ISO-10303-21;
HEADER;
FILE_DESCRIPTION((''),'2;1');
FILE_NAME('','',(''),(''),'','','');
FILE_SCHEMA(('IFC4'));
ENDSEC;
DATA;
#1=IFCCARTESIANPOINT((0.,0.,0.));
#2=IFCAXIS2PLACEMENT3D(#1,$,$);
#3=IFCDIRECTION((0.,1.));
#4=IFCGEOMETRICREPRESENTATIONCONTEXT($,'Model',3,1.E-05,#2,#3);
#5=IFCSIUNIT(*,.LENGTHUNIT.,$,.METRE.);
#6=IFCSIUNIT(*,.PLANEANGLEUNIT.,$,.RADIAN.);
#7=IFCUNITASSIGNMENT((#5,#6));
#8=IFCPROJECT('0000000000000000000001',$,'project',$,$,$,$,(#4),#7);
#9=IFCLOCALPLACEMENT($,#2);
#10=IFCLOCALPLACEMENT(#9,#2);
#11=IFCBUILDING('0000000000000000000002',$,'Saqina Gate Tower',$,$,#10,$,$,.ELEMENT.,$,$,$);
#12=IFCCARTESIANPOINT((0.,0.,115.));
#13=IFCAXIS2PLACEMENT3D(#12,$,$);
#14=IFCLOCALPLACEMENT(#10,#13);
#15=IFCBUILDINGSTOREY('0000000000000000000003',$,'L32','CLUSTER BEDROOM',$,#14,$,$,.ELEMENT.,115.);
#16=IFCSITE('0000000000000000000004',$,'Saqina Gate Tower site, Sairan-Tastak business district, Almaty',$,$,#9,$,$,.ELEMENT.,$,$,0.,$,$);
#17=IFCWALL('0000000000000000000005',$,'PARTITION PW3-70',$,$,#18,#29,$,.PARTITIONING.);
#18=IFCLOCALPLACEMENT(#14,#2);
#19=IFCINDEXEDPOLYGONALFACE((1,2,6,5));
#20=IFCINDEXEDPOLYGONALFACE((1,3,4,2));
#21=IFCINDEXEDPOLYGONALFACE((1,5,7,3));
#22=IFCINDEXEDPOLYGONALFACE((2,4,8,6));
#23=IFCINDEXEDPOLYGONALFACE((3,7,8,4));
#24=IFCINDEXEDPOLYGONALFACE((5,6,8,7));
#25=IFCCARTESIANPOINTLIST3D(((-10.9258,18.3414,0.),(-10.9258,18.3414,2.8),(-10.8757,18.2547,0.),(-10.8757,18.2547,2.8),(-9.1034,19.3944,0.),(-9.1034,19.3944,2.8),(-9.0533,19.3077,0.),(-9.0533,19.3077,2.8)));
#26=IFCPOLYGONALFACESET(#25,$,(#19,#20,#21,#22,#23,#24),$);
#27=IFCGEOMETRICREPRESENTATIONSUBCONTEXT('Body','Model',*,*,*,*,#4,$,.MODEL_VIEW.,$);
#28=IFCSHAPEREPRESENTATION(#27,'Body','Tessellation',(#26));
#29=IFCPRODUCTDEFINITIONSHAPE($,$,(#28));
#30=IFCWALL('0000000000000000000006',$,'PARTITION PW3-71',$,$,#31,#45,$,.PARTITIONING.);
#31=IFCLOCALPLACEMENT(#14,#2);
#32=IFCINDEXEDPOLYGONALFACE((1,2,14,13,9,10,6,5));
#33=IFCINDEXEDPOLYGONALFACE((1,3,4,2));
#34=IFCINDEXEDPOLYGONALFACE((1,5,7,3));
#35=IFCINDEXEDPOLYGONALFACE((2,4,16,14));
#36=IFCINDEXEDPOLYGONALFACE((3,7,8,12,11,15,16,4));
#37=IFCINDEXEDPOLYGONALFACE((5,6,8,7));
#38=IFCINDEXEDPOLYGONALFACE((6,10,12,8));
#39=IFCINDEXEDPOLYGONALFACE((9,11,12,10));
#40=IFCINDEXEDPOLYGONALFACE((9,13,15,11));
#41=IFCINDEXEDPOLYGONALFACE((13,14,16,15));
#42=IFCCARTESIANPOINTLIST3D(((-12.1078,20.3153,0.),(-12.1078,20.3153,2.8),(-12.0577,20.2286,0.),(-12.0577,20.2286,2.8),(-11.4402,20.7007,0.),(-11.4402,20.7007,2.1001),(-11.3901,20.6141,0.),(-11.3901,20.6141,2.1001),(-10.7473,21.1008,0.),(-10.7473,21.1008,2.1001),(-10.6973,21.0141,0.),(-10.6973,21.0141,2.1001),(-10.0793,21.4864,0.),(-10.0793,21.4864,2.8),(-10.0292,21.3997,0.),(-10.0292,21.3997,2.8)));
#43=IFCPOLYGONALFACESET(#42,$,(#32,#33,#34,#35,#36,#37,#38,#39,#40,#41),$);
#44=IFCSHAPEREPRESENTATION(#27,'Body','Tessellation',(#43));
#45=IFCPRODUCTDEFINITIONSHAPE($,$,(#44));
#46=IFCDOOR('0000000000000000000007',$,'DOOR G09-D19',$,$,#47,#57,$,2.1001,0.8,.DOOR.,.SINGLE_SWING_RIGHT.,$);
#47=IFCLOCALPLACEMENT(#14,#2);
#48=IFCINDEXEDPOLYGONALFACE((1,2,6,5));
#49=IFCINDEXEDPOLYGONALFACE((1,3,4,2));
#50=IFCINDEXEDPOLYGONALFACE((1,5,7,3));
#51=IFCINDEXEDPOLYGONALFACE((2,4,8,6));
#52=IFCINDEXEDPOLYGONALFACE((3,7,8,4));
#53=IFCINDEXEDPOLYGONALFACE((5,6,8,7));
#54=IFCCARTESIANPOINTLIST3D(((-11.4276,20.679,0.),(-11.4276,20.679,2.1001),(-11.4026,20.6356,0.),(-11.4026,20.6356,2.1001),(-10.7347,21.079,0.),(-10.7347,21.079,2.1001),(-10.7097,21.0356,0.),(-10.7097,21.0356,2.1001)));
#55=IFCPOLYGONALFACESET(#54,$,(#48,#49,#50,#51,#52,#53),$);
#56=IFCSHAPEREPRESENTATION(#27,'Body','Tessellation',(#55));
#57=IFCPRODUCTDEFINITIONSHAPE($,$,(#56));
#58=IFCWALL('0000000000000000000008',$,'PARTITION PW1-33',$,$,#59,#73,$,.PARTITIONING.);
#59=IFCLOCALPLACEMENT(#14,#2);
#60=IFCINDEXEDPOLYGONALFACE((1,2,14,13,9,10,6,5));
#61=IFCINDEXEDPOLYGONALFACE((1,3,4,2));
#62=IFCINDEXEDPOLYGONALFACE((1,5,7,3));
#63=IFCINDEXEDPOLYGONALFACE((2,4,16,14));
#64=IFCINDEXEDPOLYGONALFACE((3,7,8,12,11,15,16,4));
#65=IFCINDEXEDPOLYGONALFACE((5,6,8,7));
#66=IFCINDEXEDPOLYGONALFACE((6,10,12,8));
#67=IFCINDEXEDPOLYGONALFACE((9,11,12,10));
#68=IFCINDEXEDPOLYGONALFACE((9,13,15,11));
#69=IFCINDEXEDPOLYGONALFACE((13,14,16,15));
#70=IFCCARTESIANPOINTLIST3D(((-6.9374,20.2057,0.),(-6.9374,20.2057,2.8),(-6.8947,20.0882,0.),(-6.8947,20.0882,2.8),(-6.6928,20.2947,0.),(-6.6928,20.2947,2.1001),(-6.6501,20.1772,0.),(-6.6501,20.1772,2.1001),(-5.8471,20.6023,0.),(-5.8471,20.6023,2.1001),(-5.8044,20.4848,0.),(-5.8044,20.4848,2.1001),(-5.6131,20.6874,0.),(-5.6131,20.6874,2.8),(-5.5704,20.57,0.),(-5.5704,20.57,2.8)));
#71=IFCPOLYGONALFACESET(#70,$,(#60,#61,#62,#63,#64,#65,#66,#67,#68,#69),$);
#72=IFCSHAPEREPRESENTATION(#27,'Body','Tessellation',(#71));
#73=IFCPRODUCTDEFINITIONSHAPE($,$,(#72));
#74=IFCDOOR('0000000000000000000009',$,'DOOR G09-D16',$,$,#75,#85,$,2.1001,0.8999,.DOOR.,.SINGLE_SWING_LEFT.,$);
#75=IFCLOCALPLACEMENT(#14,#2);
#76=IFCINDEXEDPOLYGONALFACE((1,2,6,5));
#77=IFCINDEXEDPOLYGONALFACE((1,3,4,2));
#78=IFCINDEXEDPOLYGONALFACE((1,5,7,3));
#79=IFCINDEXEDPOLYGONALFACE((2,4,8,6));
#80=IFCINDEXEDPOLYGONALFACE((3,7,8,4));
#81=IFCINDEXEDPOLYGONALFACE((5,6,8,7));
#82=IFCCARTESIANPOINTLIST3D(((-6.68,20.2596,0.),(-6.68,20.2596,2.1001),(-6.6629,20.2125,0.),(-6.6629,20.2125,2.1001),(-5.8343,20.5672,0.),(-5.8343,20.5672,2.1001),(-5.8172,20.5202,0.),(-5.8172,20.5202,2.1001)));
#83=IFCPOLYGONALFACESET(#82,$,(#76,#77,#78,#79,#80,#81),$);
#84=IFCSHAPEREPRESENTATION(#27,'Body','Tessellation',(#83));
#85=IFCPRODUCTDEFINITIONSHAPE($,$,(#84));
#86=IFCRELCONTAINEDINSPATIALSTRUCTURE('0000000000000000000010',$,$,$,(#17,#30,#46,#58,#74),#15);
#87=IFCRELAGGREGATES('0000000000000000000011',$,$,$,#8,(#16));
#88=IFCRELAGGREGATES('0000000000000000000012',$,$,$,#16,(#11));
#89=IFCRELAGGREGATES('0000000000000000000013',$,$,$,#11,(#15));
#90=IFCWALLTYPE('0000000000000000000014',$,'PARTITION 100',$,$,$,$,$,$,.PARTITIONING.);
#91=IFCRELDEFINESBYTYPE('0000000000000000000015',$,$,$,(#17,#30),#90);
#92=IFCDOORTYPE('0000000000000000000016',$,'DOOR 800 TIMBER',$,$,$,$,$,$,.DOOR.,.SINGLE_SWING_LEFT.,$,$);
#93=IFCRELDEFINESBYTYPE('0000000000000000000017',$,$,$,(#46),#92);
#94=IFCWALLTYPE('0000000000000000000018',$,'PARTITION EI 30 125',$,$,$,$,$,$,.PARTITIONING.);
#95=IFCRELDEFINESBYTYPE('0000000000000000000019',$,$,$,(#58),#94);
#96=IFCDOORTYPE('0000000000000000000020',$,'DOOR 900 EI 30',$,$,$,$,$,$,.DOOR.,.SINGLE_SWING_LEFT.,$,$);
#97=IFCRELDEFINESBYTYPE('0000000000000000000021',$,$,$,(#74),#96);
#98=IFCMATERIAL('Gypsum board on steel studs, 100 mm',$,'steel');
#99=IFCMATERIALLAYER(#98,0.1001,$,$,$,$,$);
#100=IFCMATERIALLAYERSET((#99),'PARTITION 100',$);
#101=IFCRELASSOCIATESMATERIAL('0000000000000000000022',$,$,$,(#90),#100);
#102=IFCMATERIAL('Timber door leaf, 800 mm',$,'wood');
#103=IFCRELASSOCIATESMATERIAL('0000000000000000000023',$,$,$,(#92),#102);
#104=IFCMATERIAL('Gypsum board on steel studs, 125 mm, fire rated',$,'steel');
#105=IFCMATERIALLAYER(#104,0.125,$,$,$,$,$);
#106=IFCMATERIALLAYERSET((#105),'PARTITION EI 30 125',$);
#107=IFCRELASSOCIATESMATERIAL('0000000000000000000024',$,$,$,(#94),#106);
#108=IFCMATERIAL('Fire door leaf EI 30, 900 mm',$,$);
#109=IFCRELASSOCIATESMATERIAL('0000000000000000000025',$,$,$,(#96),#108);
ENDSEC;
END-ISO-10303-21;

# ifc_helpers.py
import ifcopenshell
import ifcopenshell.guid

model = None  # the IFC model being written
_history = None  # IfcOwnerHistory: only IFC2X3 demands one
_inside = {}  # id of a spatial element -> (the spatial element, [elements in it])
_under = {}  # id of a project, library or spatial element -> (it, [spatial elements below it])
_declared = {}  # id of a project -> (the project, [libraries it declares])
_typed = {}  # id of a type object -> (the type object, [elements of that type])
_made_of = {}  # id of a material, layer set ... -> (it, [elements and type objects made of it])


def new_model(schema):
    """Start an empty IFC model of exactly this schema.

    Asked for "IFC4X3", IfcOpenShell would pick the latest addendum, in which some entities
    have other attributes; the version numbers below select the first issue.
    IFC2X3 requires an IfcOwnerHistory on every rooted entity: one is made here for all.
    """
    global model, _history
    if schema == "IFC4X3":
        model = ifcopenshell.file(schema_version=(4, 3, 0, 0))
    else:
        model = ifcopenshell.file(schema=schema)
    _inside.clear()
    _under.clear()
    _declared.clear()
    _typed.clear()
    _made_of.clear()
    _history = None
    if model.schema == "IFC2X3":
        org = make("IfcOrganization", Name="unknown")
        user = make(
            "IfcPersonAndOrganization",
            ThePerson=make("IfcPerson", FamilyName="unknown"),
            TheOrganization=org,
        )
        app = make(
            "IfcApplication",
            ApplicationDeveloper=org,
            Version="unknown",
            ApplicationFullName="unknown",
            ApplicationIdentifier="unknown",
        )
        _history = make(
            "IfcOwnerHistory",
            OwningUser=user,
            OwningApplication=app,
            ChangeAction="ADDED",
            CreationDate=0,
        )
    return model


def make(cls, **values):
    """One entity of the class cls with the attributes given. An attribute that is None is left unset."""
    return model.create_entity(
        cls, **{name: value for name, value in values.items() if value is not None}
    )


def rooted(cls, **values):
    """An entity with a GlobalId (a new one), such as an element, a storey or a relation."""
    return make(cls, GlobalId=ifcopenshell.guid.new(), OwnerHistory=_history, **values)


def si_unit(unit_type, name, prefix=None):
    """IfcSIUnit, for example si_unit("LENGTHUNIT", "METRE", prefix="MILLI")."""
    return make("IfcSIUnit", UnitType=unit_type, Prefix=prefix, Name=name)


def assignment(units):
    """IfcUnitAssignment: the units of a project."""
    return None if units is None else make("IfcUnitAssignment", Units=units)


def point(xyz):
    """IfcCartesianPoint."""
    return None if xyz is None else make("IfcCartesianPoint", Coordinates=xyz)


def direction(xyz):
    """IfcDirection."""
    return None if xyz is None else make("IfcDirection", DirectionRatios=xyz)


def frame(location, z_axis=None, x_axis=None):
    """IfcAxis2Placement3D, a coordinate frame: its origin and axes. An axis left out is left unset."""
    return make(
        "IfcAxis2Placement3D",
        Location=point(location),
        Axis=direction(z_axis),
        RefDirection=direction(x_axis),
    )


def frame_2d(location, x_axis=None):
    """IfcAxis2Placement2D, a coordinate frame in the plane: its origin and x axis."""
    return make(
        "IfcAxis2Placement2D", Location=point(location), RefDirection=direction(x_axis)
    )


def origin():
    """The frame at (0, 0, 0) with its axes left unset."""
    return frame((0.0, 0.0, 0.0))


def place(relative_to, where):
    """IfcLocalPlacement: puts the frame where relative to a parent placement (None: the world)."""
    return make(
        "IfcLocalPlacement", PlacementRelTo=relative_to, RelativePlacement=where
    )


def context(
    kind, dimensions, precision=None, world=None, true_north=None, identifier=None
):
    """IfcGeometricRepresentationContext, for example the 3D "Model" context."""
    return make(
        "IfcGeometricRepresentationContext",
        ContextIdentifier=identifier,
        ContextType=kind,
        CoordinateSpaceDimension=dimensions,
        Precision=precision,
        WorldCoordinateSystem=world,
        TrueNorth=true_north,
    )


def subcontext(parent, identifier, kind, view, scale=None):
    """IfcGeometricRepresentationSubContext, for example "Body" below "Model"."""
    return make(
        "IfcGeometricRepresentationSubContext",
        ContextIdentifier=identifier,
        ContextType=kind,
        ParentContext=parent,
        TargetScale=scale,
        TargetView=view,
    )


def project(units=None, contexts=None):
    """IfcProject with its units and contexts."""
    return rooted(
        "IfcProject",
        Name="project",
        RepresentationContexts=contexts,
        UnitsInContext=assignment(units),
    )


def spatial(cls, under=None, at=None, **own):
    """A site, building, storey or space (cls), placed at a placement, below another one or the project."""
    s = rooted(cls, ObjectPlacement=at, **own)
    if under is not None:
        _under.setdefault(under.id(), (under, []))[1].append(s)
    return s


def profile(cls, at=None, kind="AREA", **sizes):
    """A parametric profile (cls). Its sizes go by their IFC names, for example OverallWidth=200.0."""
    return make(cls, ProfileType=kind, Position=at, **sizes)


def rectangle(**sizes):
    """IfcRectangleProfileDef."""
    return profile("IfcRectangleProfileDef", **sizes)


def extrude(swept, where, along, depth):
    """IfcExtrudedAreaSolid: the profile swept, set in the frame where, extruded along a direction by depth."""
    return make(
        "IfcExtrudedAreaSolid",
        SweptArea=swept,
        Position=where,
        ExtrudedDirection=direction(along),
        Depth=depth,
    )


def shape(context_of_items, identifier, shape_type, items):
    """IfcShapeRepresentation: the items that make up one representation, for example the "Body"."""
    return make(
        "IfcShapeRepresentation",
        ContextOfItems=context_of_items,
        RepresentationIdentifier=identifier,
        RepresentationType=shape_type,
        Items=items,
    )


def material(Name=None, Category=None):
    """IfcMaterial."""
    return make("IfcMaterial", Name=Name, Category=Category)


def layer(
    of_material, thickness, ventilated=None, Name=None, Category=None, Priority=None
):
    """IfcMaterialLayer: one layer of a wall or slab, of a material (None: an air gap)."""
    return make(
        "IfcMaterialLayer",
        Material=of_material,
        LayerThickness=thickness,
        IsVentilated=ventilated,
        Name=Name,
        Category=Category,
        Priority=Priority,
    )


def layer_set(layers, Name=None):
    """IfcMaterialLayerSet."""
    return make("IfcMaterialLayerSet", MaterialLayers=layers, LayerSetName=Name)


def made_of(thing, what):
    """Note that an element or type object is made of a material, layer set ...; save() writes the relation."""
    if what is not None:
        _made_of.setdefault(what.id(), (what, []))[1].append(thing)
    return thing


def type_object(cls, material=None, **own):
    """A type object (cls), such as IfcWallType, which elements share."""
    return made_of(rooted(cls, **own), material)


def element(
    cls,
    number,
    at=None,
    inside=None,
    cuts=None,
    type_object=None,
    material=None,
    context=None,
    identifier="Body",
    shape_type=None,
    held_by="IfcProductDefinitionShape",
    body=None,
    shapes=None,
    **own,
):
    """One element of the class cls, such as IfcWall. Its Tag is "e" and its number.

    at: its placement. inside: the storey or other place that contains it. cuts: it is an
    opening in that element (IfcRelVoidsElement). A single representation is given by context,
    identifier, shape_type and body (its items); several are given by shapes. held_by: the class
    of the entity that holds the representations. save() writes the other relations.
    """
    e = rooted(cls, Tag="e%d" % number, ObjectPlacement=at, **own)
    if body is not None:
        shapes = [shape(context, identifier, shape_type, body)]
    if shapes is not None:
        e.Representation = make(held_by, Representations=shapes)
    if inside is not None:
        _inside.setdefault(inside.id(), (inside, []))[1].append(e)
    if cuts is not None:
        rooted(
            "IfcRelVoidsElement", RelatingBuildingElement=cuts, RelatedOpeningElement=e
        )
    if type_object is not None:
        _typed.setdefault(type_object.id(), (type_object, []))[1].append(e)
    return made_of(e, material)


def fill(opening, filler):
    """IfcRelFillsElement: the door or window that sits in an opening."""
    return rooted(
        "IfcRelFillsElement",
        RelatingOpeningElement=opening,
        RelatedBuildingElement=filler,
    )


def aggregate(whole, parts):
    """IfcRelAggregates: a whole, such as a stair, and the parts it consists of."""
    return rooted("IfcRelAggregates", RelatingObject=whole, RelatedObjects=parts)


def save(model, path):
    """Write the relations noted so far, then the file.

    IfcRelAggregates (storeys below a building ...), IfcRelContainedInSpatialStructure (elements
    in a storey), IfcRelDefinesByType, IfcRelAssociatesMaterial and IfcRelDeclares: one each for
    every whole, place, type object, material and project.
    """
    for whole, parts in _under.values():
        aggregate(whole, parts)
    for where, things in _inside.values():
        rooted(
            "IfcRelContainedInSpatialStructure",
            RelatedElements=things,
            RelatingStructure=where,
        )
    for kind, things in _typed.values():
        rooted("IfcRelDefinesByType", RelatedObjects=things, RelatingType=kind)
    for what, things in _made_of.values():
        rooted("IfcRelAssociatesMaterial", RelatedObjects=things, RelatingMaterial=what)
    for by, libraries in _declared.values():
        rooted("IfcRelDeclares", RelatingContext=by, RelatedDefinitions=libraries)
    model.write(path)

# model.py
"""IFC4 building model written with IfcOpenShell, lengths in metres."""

from ifc_helpers import new_model, si_unit, direction, frame, frame_2d, origin, place, context, subcontext, project, spatial, rectangle, extrude, material, layer, layer_set, type_object, element, fill, save


model = new_model("IFC4")

# Units and contexts
model_context = context("Model", 3, precision=1e-05, world=origin(), true_north=direction((0.0, 1.0)))
body_context = subcontext(model_context, "Body", "Model", "MODEL_VIEW")
ifc_project = project(units=[si_unit("LENGTHUNIT", "METRE"), si_unit("PLANEANGLEUNIT", "RADIAN")], contexts=[model_context])

# Site, building, storey
site_placement = place(None, origin())
site = spatial("IfcSite", under=ifc_project, at=site_placement, Name="Saqina Gate Tower site, Sairan-Tastak business district, Almaty", CompositionType="ELEMENT", RefElevation=0.0)
building_placement = place(site_placement, origin())
building = spatial("IfcBuilding", under=site, at=building_placement, Name="Saqina Gate Tower", CompositionType="ELEMENT")
storey_placement = place(building_placement, frame((0.0, 0.0, 115.0)))
storey = spatial("IfcBuildingStorey", under=building, at=storey_placement, Name="L32", Description="CLUSTER BEDROOM", CompositionType="ELEMENT", Elevation=115.0)

# Shared definitions
ifc_material_1 = material(Name="Gypsum board on steel studs, 100 mm", Category="steel")
ifc_layer_1 = layer(ifc_material_1, 0.1001)
ifc_layer_set_1 = layer_set([ifc_layer_1], Name="PARTITION 100")
wall_type_1 = type_object("IfcWallType", Name="PARTITION 100", PredefinedType="PARTITIONING", material=ifc_layer_set_1)

# Shared definitions
ifc_material_2 = material(Name="Timber door leaf, 800 mm", Category="wood")
door_type_1 = type_object("IfcDoorType", Name="DOOR 800 TIMBER", OperationType="SINGLE_SWING_LEFT", PredefinedType="DOOR", material=ifc_material_2)

# Wall
wall_1_placement = place(storey_placement, frame((-10.9006, 18.2981, 0.0), z_axis=(0.0, 0.0, 1.0), x_axis=(0.865842, 0.500318, 0.0)))
element("IfcWall", 1, at=wall_1_placement, inside=storey, type_object=wall_type_1, Name="PARTITION PW3-70", PredefinedType="PARTITIONING", context=body_context, shape_type="SweptSolid", body=[
    extrude(rectangle(XDim=2.1047, YDim=0.1001, at=frame_2d((1.0522, 0.0))), origin(), (0.0, 0.0, 1.0), 2.8),
])

# Walls, openings, doors
wall_2_placement = place(storey_placement, frame((-12.0828, 20.272, 0.0), z_axis=(0.0, 0.0, 1.0), x_axis=(0.866035, 0.499984, 0.0)))
wall_2 = element("IfcWall", 2, at=wall_2_placement, inside=storey, type_object=wall_type_1, Name="PARTITION PW3-71", PredefinedType="PARTITIONING", context=body_context, shape_type="SweptSolid", body=[
    extrude(rectangle(XDim=2.3423, YDim=0.1001, at=frame_2d((1.1711, 0.0))), origin(), (0.0, 0.0, 1.0), 2.8),
])
opening_1_placement = place(wall_2_placement, frame((0.771, 0.0, 0.0)))
opening_1 = element("IfcOpeningElement", 3, at=opening_1_placement, cuts=wall_2, PredefinedType="OPENING", context=body_context, shape_type="SweptSolid", body=[
    extrude(rectangle(XDim=0.8, YDim=2.1001, at=frame_2d((0.3999, 1.05))), frame((0.0, 0.062, 0.0), z_axis=(0.0, -1.0, 0.0), x_axis=(1.0, 0.0, 0.0)), (0.0, 0.0, 1.0), 0.124),
])
door_1_placement = place(opening_1_placement, origin())
door_1 = element("IfcDoor", 4, at=door_1_placement, inside=storey, type_object=door_type_1, Name="DOOR G09-D19", OperationType="SINGLE_SWING_RIGHT", OverallHeight=2.1001, OverallWidth=0.8, PredefinedType="DOOR", context=body_context, shape_type="SweptSolid", body=[
    extrude(rectangle(XDim=0.8, YDim=2.1001, at=frame_2d((0.3999, 1.05))), frame((0.0, 0.0249, 0.0), z_axis=(0.0, -1.0, 0.0), x_axis=(1.0, 0.0, 0.0)), (0.0, 0.0, 1.0), 0.05),
])
fill(opening_1, door_1)
ifc_material_3 = material(Name="Gypsum board on steel studs, 125 mm, fire rated", Category="steel")
ifc_layer_2 = layer(ifc_material_3, 0.125)
ifc_layer_set_2 = layer_set([ifc_layer_2], Name="PARTITION EI 30 125")
wall_type_2 = type_object("IfcWallType", Name="PARTITION EI 30 125", PredefinedType="PARTITIONING", material=ifc_layer_set_2)
wall_3_placement = place(storey_placement, frame((-6.916, 20.147, 0.0), z_axis=(0.0, 0.0, 1.0), x_axis=(0.939758, 0.34184, 0.0)))
wall_3 = element("IfcWall", 5, at=wall_3_placement, inside=storey, type_object=wall_type_2, Name="PARTITION PW1-33", PredefinedType="PARTITIONING", context=body_context, shape_type="SweptSolid", body=[
    extrude(rectangle(XDim=1.4092, YDim=0.125, at=frame_2d((0.7046, 0.0))), origin(), (0.0, 0.0, 1.0), 2.8),
])
opening_2_placement = place(wall_3_placement, frame((0.2603, 0.0, 0.0)))
opening_2 = element("IfcOpeningElement", 6, at=opening_2_placement, cuts=wall_3, PredefinedType="OPENING", context=body_context, shape_type="SweptSolid", body=[
    extrude(rectangle(XDim=0.8999, YDim=2.1001, at=frame_2d((0.45, 1.05))), frame((0.0, 0.0745, 0.0), z_axis=(0.0, -1.0, 0.0), x_axis=(1.0, 0.0, 0.0)), (0.0, 0.0, 1.0), 0.1489),
])
ifc_material_4 = material(Name="Fire door leaf EI 30, 900 mm")
door_type_2 = type_object("IfcDoorType", Name="DOOR 900 EI 30", OperationType="SINGLE_SWING_LEFT", PredefinedType="DOOR", material=ifc_material_4)
door_2_placement = place(opening_2_placement, frame((0.8999, 0.0, 0.0), z_axis=(0.0, 0.0, 1.0), x_axis=(-1.0, 0.0, 0.0)))
door_2 = element("IfcDoor", 7, at=door_2_placement, inside=storey, type_object=door_type_2, Name="DOOR G09-D16", OperationType="SINGLE_SWING_LEFT", OverallHeight=2.1001, OverallWidth=0.8999, PredefinedType="DOOR", context=body_context, shape_type="SweptSolid", body=[
    extrude(rectangle(XDim=0.8999, YDim=2.1001, at=frame_2d((0.45, 1.05))), frame((0.0, 0.0249, 0.0), z_axis=(0.0, -1.0, 0.0), x_axis=(1.0, 0.0, 0.0)), (0.0, 0.0, 1.0), 0.05),
])
fill(opening_2, door_2)

save(model, "model.ifc")
